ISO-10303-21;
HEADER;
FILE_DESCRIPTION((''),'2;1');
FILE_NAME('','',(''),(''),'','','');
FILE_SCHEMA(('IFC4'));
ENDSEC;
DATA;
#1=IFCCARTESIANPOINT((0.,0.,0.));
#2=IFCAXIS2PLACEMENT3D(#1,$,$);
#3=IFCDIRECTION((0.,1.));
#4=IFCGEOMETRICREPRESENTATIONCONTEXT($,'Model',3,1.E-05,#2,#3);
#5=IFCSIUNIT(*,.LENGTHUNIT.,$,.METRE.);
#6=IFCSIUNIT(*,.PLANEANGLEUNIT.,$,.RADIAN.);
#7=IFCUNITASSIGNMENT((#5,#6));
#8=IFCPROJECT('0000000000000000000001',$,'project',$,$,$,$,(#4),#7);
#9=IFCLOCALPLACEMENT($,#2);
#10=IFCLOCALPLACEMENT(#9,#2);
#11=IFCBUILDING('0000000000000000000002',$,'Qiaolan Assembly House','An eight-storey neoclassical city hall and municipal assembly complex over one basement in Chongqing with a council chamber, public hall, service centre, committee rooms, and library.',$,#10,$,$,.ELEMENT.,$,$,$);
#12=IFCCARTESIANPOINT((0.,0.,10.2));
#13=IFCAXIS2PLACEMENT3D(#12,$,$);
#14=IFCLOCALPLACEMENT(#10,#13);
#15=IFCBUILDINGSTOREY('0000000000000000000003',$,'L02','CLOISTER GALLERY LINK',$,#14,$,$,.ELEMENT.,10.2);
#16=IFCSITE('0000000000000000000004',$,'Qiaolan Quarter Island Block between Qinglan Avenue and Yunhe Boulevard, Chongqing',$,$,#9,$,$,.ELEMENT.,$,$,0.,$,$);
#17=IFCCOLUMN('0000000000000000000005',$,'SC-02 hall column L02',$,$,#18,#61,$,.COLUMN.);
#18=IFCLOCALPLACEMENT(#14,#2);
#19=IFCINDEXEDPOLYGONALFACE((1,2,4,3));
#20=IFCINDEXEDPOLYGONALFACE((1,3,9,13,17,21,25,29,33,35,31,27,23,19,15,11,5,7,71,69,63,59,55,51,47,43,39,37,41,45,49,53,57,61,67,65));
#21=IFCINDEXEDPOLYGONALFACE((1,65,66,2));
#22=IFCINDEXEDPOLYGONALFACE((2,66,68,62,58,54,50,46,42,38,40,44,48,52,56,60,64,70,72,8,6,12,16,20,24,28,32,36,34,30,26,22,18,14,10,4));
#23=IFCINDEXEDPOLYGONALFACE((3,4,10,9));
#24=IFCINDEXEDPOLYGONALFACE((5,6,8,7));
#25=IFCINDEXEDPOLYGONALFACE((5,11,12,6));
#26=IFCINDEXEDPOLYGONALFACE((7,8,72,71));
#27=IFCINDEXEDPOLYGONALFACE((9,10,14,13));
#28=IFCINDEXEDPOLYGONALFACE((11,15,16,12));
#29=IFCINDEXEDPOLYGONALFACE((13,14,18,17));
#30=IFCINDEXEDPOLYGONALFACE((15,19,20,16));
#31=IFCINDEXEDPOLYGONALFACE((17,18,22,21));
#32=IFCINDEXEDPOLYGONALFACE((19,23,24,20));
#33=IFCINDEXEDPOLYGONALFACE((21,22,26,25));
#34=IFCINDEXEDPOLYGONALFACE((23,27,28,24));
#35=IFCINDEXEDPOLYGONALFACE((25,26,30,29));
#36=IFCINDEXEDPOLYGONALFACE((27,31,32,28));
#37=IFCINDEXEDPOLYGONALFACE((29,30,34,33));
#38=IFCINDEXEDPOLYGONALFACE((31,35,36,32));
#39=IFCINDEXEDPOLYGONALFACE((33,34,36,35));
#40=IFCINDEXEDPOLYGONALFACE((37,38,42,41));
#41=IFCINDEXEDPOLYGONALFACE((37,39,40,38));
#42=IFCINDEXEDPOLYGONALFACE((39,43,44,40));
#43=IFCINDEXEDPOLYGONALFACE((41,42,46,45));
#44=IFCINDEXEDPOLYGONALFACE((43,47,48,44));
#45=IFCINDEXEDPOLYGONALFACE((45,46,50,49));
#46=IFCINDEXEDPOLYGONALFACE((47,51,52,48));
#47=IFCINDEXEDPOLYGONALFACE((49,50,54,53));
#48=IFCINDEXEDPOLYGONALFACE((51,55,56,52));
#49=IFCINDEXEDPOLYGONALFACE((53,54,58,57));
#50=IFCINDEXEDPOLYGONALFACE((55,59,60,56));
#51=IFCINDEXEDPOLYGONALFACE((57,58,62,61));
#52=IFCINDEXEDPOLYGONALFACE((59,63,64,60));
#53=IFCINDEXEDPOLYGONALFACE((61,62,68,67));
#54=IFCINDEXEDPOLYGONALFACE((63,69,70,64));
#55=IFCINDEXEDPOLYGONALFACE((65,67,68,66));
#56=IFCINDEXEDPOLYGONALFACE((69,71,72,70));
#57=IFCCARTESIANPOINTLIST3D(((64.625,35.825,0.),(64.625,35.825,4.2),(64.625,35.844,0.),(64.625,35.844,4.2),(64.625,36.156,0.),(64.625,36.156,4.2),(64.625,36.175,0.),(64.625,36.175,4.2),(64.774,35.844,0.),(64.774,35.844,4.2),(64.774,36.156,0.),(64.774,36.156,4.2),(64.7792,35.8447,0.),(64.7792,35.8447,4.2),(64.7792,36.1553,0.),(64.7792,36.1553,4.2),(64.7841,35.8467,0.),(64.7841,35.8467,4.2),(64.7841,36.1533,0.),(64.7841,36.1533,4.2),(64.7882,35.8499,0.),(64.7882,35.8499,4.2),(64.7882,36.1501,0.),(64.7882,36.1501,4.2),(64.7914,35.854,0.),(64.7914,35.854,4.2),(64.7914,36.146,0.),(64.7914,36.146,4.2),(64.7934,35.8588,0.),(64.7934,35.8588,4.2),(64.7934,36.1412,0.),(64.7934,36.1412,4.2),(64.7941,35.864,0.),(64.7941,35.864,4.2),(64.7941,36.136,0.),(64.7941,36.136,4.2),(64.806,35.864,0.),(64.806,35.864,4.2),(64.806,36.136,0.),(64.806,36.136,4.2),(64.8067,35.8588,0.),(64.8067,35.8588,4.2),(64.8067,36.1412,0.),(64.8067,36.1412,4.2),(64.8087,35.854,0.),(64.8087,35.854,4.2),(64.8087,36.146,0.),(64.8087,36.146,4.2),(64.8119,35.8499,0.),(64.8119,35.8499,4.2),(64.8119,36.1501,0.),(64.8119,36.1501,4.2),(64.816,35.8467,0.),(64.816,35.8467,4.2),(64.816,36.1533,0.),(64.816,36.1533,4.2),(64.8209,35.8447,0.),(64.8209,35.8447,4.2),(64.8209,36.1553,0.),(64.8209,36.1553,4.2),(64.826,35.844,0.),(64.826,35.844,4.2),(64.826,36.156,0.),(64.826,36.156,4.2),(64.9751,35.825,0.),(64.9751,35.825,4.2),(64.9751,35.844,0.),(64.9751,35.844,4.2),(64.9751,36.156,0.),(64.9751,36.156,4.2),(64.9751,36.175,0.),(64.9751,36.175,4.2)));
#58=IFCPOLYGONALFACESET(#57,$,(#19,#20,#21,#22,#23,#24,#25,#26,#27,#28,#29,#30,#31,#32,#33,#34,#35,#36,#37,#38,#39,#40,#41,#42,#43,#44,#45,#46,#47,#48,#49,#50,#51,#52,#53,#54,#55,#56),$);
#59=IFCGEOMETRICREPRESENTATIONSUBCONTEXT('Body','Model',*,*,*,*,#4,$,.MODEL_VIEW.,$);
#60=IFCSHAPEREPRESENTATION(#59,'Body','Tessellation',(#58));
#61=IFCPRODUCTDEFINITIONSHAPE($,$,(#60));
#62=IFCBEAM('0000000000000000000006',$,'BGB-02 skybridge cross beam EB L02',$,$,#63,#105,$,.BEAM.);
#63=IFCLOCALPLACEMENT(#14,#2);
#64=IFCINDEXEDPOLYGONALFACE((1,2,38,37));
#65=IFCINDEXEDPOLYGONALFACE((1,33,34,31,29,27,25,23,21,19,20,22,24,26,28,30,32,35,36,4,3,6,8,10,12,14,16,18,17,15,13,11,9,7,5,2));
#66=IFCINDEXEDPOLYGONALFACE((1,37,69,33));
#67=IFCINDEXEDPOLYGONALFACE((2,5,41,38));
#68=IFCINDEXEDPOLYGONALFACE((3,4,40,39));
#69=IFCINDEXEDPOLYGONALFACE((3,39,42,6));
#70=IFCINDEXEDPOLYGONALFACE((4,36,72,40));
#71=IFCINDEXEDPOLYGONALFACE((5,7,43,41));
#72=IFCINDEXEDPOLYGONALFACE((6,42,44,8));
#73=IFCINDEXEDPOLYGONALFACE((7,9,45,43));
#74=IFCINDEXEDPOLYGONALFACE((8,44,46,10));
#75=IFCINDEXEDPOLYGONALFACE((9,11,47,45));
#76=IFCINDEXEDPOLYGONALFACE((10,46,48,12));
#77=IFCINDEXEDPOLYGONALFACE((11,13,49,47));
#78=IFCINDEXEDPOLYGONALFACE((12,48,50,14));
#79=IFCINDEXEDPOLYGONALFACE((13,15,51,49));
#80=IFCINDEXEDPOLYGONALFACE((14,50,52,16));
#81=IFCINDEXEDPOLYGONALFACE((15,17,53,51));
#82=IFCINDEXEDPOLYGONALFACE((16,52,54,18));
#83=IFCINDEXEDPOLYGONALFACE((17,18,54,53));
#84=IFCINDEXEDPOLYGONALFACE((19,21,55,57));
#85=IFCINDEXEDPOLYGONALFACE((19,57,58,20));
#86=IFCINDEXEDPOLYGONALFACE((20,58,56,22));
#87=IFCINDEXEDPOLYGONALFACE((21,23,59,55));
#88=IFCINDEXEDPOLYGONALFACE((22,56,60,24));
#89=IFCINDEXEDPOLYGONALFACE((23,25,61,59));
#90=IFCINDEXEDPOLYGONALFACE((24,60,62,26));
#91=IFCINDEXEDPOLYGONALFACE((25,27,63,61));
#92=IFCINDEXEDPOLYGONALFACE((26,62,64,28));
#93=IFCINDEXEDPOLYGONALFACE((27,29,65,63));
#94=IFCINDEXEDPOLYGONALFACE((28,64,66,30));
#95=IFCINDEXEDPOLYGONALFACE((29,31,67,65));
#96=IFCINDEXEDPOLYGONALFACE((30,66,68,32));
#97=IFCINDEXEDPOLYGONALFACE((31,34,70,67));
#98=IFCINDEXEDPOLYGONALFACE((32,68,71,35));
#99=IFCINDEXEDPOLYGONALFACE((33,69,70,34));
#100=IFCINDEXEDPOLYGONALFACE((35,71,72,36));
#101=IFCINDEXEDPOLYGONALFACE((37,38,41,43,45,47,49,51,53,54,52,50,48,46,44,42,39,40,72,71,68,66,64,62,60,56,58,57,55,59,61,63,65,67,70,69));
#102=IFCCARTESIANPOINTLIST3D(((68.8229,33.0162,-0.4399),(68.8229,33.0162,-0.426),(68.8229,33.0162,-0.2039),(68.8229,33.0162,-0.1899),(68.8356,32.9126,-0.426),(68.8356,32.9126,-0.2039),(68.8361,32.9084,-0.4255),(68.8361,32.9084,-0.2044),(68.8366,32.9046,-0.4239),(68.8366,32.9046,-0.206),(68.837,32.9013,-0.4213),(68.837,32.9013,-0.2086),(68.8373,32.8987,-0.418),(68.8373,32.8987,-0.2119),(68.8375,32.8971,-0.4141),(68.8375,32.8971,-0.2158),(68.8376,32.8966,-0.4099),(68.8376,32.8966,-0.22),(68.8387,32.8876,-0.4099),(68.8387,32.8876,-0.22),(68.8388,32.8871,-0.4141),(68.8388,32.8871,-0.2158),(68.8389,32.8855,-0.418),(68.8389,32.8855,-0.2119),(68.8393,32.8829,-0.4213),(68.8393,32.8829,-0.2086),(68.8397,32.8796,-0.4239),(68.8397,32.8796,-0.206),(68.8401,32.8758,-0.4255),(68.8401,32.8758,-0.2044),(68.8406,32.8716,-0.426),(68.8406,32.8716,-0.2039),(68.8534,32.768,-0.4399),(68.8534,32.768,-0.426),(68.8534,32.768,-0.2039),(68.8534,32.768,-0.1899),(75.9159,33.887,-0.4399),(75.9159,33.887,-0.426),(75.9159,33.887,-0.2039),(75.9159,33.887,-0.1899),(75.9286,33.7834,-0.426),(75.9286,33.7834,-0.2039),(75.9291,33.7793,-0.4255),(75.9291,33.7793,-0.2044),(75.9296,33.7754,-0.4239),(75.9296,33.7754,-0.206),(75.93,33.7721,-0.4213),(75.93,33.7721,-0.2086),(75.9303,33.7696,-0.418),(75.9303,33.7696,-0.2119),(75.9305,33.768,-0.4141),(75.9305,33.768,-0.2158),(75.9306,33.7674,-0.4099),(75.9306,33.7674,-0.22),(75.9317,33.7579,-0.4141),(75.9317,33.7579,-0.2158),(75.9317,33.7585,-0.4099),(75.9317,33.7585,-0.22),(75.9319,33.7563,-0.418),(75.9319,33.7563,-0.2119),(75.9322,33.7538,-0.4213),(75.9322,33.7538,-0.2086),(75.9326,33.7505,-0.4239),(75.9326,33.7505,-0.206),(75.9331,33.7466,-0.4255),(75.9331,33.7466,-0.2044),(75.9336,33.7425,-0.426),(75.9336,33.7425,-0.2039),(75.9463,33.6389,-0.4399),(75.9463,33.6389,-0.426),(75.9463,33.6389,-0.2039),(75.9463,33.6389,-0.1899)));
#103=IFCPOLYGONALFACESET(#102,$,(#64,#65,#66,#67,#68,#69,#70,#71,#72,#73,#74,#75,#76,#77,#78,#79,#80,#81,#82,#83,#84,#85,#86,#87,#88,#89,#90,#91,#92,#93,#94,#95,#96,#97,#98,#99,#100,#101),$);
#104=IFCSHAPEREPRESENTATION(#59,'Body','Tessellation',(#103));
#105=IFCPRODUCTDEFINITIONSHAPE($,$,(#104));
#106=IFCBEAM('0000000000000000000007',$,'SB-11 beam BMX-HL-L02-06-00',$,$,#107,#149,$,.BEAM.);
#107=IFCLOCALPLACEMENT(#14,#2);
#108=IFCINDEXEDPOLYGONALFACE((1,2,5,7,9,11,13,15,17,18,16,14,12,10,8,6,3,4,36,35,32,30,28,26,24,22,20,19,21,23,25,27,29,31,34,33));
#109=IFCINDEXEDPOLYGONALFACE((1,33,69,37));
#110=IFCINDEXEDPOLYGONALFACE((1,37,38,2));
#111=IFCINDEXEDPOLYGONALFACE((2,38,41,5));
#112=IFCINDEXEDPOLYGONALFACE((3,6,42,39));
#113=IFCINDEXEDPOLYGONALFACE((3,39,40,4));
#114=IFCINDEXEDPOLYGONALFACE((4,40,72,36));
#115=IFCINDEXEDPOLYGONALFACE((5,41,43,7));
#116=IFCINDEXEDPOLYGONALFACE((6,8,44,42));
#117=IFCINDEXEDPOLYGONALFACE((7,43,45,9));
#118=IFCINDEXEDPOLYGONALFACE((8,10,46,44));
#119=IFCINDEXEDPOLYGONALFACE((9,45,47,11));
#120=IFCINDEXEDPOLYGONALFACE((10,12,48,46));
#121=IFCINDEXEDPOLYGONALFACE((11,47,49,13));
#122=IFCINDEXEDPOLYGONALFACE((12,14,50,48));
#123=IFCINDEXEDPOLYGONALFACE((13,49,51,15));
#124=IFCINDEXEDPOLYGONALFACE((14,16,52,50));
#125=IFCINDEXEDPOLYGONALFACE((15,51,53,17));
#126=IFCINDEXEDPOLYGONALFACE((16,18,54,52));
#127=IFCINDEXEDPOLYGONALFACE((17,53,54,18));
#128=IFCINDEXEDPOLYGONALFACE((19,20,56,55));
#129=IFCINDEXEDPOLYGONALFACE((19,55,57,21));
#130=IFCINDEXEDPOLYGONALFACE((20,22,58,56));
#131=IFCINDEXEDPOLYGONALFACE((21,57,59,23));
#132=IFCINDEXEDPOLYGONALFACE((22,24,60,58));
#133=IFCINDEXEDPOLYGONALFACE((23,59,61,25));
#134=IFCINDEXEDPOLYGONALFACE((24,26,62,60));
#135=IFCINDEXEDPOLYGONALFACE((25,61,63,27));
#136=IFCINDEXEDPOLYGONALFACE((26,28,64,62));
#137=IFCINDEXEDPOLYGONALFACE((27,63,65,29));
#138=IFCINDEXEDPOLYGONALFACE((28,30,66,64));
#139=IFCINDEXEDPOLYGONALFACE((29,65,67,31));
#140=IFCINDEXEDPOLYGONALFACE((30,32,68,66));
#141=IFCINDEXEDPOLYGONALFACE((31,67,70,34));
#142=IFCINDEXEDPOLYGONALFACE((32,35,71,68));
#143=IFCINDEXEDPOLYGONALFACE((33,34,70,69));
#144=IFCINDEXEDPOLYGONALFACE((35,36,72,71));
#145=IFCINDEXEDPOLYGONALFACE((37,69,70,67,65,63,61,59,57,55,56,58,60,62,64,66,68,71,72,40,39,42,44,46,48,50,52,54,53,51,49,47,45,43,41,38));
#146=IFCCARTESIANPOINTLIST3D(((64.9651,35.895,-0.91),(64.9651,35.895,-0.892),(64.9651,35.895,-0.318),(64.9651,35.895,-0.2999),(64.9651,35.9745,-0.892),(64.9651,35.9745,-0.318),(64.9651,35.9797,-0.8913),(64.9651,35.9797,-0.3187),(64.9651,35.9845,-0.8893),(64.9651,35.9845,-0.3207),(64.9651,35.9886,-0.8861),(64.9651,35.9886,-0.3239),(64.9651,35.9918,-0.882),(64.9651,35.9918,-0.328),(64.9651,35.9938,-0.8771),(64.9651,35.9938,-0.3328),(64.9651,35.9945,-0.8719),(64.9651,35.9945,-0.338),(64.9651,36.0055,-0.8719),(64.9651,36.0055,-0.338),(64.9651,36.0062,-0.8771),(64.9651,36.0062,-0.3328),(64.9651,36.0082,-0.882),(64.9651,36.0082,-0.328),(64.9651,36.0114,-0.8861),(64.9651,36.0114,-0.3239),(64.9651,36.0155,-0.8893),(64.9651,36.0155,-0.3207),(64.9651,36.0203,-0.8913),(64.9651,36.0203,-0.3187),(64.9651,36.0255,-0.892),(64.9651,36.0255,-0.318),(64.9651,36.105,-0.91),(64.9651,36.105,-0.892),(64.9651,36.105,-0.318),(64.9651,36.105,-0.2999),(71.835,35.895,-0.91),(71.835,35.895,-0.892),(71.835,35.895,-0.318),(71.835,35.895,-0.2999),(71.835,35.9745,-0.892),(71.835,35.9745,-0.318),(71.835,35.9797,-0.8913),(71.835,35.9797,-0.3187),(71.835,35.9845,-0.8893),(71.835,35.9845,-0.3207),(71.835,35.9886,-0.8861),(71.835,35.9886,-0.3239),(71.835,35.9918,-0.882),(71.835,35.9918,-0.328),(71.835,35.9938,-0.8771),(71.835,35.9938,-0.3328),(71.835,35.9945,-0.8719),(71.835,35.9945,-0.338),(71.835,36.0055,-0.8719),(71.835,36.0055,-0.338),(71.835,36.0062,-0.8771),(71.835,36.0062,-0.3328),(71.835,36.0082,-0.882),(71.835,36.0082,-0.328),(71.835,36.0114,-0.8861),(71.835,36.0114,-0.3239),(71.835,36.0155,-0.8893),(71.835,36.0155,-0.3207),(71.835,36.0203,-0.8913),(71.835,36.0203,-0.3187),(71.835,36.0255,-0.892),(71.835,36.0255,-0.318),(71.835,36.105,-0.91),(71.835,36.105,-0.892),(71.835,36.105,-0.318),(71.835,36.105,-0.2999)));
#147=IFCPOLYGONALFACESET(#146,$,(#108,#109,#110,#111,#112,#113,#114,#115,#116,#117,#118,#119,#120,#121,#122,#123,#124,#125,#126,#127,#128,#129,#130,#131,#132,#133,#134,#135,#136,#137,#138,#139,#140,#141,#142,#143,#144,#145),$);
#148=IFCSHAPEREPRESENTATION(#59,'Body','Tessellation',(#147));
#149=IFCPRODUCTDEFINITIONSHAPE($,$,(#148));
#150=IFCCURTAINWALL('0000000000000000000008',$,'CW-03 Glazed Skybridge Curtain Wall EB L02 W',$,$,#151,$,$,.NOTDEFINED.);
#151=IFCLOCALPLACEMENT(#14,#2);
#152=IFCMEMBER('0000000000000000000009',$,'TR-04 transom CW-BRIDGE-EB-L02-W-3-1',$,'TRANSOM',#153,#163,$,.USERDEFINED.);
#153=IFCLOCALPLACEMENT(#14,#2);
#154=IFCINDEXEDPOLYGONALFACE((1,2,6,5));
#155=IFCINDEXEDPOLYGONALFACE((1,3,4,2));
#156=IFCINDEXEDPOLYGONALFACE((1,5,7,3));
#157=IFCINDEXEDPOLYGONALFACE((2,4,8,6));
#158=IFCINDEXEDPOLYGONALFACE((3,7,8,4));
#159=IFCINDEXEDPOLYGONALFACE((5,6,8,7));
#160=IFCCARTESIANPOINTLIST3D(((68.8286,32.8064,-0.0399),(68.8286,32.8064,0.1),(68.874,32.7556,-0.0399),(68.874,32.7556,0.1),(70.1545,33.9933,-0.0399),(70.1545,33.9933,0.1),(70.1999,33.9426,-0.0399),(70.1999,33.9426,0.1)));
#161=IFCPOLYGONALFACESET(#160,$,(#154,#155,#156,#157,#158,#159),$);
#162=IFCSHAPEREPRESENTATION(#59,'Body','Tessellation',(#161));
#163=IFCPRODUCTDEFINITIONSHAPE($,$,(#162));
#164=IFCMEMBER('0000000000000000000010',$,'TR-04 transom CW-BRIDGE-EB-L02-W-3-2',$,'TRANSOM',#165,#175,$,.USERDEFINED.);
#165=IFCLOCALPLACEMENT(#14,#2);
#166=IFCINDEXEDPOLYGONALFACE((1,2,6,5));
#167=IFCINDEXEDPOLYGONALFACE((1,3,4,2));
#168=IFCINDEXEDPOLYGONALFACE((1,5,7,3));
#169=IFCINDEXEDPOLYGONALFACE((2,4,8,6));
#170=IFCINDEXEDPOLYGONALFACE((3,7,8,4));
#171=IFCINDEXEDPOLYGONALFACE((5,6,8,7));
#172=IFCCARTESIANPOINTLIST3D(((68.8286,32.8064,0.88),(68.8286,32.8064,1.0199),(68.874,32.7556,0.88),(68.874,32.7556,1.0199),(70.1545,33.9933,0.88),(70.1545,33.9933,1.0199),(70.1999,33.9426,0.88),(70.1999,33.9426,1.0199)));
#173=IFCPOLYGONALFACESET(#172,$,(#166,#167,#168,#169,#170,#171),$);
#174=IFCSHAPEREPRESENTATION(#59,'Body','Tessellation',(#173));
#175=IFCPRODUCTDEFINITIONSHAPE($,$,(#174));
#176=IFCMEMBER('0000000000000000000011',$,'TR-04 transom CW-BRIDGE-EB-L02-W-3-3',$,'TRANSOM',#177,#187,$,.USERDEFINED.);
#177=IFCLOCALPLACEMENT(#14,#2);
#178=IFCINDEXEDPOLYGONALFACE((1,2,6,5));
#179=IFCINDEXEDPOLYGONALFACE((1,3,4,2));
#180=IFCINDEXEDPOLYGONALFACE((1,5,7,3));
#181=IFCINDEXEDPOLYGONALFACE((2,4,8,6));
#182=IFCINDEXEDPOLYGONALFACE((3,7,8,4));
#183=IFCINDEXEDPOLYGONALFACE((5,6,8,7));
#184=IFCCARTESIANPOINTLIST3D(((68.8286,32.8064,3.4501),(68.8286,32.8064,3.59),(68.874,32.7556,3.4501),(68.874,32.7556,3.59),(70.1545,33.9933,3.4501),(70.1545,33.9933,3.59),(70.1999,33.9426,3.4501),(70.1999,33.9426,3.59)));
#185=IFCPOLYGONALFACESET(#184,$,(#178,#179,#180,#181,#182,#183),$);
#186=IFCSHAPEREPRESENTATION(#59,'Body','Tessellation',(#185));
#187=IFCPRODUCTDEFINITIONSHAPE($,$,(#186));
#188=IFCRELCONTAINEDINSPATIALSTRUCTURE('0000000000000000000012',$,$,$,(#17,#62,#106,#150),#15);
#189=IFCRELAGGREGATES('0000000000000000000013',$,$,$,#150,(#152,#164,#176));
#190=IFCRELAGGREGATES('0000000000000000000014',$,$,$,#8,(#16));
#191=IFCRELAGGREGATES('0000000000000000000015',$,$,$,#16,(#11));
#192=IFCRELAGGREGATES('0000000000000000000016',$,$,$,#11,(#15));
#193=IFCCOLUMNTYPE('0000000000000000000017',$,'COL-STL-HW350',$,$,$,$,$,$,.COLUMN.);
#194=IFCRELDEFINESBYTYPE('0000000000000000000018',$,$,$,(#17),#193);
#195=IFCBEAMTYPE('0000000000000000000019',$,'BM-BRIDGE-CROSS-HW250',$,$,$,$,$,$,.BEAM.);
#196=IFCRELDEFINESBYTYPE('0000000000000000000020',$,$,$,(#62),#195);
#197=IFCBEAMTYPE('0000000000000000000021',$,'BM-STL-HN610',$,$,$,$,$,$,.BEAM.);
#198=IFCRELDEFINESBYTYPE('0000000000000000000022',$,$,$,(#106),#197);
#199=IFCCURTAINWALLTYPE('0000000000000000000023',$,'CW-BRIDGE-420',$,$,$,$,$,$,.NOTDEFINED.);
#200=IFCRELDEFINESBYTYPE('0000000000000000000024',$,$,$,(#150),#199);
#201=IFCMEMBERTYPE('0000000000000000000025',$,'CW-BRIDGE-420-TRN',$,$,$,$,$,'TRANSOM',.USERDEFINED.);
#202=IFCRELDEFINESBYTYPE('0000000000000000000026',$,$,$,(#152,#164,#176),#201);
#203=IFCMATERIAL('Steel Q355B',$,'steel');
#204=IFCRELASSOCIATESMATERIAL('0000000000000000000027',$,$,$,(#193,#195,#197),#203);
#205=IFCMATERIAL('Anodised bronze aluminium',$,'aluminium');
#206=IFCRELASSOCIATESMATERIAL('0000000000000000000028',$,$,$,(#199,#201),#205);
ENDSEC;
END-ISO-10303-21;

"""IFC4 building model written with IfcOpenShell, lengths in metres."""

from ifc_helpers import new_model, si_unit, direction, frame, origin, origin_2d, place, context, subcontext, project, spatial, rectangle, i_section, extrude, material, material_profile, profile_set, type_object, element, aggregate, save


model = new_model("IFC4")

# Units and contexts
model_context = context("Model", 3, precision=1e-05, world=origin(), true_north=direction((0.0, 1.0)))
body_context = subcontext(model_context, "Body", "Model", "MODEL_VIEW")
ifc_project = project(units=[si_unit("LENGTHUNIT", "METRE"), si_unit("PLANEANGLEUNIT", "RADIAN")], contexts=[model_context])

# Site, building, storey
site_placement = place(None, origin())
site = spatial("IfcSite", under=ifc_project, at=site_placement, Name="Qiaolan Quarter Island Block between Qinglan Avenue and Yunhe Boulevard, Chongqing", CompositionType="ELEMENT", RefElevation=0.0)
building_placement = place(site_placement, origin())
building = spatial("IfcBuilding", under=site, at=building_placement, Name="Qiaolan Assembly House", Description="An eight-storey neoclassical city hall and municipal assembly complex over one basement in Chongqing with a council chamber, public hall, service centre, committee rooms, and library.", CompositionType="ELEMENT")
storey_placement = place(building_placement, frame((0.0, 0.0, 10.2)))
storey = spatial("IfcBuildingStorey", under=building, at=storey_placement, Name="L02", Description="CLOISTER GALLERY LINK", CompositionType="ELEMENT", Elevation=10.2)

# Column
ifc_material_1 = material(Name="Steel Q355B", Category="steel")
ifc_material_profile_1 = material_profile(ifc_material_1, i_section(OverallWidth=0.3501, OverallDepth=0.3501, WebThickness=0.012, FlangeThickness=0.019, FilletRadius=0.02, at=origin_2d()), Name="HW 350x350x12x19")
ifc_profile_set_1 = profile_set([ifc_material_profile_1], Name="Steel Q355B")
column_type = type_object("IfcColumnType", Name="COL-STL-HW350", PredefinedType="COLUMN", material=ifc_profile_set_1)
column_placement = place(storey_placement, frame((64.8, 36.0, 0.0), z_axis=(0.0, 0.0, 1.0), x_axis=(1.0, 0.0, 0.0)))
element("IfcColumn", 1, at=column_placement, inside=storey, type_object=column_type, Name="SC-02 hall column L02", PredefinedType="COLUMN", context=body_context, shape_type="SweptSolid", body=[
    extrude(i_section(OverallWidth=0.3501, OverallDepth=0.3501, WebThickness=0.012, FlangeThickness=0.019, FilletRadius=0.02, at=origin_2d()), origin(), (0.0, 0.0, 1.0), 4.2),
])

# Beams
ifc_material_profile_2 = material_profile(ifc_material_1, i_section(OverallWidth=0.25, OverallDepth=0.25, WebThickness=0.009, FlangeThickness=0.0139, FilletRadius=0.0161, at=origin_2d()), Name="HW 250x250x9x14")
ifc_profile_set_2 = profile_set([ifc_material_profile_2], Name="Steel Q355B")
beam_type_1 = type_object("IfcBeamType", Name="BM-BRIDGE-CROSS-HW250", PredefinedType="BEAM", material=ifc_profile_set_2)
beam_1_placement = place(storey_placement, frame((68.8381, 32.8921, -0.3149), z_axis=(0.992547, 0.121861, 0.0), x_axis=(-0.121861, 0.992547, 0.0)))
element("IfcBeam", 2, at=beam_1_placement, inside=storey, type_object=beam_type_1, Name="BGB-02 skybridge cross beam EB L02", PredefinedType="BEAM", context=body_context, shape_type="SweptSolid", body=[
    extrude(i_section(OverallWidth=0.25, OverallDepth=0.25, WebThickness=0.009, FlangeThickness=0.0139, FilletRadius=0.0161, at=origin_2d()), origin(), (0.0, 0.0, 1.0), 7.1462),
])
ifc_material_profile_3 = material_profile(ifc_material_1, i_section(OverallWidth=0.21, OverallDepth=0.6101, WebThickness=0.011, FlangeThickness=0.0181, FilletRadius=0.02, at=origin_2d()), Name="HN 610x210x11x18")
ifc_profile_set_3 = profile_set([ifc_material_profile_3], Name="Steel Q355B")
beam_type_2 = type_object("IfcBeamType", Name="BM-STL-HN610", PredefinedType="BEAM", material=ifc_profile_set_3)
beam_2_placement = place(storey_placement, frame((64.9651, 36.0, -0.605), z_axis=(1.0, 0.0, 0.0), x_axis=(0.0, 1.0, 0.0)))
element("IfcBeam", 3, at=beam_2_placement, inside=storey, type_object=beam_type_2, Name="SB-11 beam BMX-HL-L02-06-00", PredefinedType="BEAM", context=body_context, shape_type="SweptSolid", body=[
    extrude(i_section(OverallWidth=0.21, OverallDepth=0.6101, WebThickness=0.011, FlangeThickness=0.0181, FilletRadius=0.02, at=origin_2d()), origin(), (0.0, 0.0, 1.0), 6.8699),
])

# Curtain wall, members
ifc_material_2 = material(Name="Anodised bronze aluminium", Category="aluminium")
curtain_wall_type_1 = type_object("IfcCurtainWallType", Name="CW-BRIDGE-420", PredefinedType="NOTDEFINED", material=ifc_material_2)
curtain_wall_1_placement = place(storey_placement, origin())
curtain_wall_1 = element("IfcCurtainWall", 4, at=curtain_wall_1_placement, inside=storey, type_object=curtain_wall_type_1, Name="CW-03 Glazed Skybridge Curtain Wall EB L02 W", PredefinedType="NOTDEFINED")
ifc_material_profile_4 = material_profile(ifc_material_2, rectangle(XDim=0.0681, YDim=0.1399, at=origin_2d()), Name="TRN 68x140")
ifc_profile_set_4 = profile_set([ifc_material_profile_4], Name="Anodised bronze aluminium")
member_type_1 = type_object("IfcMemberType", Name="CW-BRIDGE-420-TRN", ElementType="TRANSOM", PredefinedType="USERDEFINED", material=ifc_profile_set_4)
member_1_placement = place(storey_placement, frame((68.8513, 32.781, 0.03), z_axis=(0.745058, 0.666999, 0.0), x_axis=(-0.666999, 0.745058, 0.0)))
member_1 = element("IfcMember", 5, at=member_1_placement, type_object=member_type_1, Name="TR-04 transom CW-BRIDGE-EB-L02-W-3-1", ObjectType="TRANSOM", PredefinedType="USERDEFINED", context=body_context, shape_type="SweptSolid", body=[
    extrude(rectangle(XDim=0.0681, YDim=0.1399, at=origin_2d()), origin(), (0.0, 0.0, 1.0), 1.7795),
])
member_2_placement = place(storey_placement, frame((68.8513, 32.781, 0.95), z_axis=(0.745058, 0.666999, 0.0), x_axis=(-0.666999, 0.745058, 0.0)))
member_2 = element("IfcMember", 6, at=member_2_placement, type_object=member_type_1, Name="TR-04 transom CW-BRIDGE-EB-L02-W-3-2", ObjectType="TRANSOM", PredefinedType="USERDEFINED", context=body_context, shape_type="SweptSolid", body=[
    extrude(rectangle(XDim=0.0681, YDim=0.1399, at=origin_2d()), origin(), (0.0, 0.0, 1.0), 1.7795),
])
member_3_placement = place(storey_placement, frame((68.8513, 32.781, 3.52), z_axis=(0.745058, 0.666999, 0.0), x_axis=(-0.666999, 0.745058, 0.0)))
member_3 = element("IfcMember", 7, at=member_3_placement, type_object=member_type_1, Name="TR-04 transom CW-BRIDGE-EB-L02-W-3-3", ObjectType="TRANSOM", PredefinedType="USERDEFINED", context=body_context, shape_type="SweptSolid", body=[
    extrude(rectangle(XDim=0.0681, YDim=0.1399, at=origin_2d()), origin(), (0.0, 0.0, 1.0), 1.7795),
])

aggregate(curtain_wall_1, [member_1, member_2, member_3])

save(model, "model.ifc")
